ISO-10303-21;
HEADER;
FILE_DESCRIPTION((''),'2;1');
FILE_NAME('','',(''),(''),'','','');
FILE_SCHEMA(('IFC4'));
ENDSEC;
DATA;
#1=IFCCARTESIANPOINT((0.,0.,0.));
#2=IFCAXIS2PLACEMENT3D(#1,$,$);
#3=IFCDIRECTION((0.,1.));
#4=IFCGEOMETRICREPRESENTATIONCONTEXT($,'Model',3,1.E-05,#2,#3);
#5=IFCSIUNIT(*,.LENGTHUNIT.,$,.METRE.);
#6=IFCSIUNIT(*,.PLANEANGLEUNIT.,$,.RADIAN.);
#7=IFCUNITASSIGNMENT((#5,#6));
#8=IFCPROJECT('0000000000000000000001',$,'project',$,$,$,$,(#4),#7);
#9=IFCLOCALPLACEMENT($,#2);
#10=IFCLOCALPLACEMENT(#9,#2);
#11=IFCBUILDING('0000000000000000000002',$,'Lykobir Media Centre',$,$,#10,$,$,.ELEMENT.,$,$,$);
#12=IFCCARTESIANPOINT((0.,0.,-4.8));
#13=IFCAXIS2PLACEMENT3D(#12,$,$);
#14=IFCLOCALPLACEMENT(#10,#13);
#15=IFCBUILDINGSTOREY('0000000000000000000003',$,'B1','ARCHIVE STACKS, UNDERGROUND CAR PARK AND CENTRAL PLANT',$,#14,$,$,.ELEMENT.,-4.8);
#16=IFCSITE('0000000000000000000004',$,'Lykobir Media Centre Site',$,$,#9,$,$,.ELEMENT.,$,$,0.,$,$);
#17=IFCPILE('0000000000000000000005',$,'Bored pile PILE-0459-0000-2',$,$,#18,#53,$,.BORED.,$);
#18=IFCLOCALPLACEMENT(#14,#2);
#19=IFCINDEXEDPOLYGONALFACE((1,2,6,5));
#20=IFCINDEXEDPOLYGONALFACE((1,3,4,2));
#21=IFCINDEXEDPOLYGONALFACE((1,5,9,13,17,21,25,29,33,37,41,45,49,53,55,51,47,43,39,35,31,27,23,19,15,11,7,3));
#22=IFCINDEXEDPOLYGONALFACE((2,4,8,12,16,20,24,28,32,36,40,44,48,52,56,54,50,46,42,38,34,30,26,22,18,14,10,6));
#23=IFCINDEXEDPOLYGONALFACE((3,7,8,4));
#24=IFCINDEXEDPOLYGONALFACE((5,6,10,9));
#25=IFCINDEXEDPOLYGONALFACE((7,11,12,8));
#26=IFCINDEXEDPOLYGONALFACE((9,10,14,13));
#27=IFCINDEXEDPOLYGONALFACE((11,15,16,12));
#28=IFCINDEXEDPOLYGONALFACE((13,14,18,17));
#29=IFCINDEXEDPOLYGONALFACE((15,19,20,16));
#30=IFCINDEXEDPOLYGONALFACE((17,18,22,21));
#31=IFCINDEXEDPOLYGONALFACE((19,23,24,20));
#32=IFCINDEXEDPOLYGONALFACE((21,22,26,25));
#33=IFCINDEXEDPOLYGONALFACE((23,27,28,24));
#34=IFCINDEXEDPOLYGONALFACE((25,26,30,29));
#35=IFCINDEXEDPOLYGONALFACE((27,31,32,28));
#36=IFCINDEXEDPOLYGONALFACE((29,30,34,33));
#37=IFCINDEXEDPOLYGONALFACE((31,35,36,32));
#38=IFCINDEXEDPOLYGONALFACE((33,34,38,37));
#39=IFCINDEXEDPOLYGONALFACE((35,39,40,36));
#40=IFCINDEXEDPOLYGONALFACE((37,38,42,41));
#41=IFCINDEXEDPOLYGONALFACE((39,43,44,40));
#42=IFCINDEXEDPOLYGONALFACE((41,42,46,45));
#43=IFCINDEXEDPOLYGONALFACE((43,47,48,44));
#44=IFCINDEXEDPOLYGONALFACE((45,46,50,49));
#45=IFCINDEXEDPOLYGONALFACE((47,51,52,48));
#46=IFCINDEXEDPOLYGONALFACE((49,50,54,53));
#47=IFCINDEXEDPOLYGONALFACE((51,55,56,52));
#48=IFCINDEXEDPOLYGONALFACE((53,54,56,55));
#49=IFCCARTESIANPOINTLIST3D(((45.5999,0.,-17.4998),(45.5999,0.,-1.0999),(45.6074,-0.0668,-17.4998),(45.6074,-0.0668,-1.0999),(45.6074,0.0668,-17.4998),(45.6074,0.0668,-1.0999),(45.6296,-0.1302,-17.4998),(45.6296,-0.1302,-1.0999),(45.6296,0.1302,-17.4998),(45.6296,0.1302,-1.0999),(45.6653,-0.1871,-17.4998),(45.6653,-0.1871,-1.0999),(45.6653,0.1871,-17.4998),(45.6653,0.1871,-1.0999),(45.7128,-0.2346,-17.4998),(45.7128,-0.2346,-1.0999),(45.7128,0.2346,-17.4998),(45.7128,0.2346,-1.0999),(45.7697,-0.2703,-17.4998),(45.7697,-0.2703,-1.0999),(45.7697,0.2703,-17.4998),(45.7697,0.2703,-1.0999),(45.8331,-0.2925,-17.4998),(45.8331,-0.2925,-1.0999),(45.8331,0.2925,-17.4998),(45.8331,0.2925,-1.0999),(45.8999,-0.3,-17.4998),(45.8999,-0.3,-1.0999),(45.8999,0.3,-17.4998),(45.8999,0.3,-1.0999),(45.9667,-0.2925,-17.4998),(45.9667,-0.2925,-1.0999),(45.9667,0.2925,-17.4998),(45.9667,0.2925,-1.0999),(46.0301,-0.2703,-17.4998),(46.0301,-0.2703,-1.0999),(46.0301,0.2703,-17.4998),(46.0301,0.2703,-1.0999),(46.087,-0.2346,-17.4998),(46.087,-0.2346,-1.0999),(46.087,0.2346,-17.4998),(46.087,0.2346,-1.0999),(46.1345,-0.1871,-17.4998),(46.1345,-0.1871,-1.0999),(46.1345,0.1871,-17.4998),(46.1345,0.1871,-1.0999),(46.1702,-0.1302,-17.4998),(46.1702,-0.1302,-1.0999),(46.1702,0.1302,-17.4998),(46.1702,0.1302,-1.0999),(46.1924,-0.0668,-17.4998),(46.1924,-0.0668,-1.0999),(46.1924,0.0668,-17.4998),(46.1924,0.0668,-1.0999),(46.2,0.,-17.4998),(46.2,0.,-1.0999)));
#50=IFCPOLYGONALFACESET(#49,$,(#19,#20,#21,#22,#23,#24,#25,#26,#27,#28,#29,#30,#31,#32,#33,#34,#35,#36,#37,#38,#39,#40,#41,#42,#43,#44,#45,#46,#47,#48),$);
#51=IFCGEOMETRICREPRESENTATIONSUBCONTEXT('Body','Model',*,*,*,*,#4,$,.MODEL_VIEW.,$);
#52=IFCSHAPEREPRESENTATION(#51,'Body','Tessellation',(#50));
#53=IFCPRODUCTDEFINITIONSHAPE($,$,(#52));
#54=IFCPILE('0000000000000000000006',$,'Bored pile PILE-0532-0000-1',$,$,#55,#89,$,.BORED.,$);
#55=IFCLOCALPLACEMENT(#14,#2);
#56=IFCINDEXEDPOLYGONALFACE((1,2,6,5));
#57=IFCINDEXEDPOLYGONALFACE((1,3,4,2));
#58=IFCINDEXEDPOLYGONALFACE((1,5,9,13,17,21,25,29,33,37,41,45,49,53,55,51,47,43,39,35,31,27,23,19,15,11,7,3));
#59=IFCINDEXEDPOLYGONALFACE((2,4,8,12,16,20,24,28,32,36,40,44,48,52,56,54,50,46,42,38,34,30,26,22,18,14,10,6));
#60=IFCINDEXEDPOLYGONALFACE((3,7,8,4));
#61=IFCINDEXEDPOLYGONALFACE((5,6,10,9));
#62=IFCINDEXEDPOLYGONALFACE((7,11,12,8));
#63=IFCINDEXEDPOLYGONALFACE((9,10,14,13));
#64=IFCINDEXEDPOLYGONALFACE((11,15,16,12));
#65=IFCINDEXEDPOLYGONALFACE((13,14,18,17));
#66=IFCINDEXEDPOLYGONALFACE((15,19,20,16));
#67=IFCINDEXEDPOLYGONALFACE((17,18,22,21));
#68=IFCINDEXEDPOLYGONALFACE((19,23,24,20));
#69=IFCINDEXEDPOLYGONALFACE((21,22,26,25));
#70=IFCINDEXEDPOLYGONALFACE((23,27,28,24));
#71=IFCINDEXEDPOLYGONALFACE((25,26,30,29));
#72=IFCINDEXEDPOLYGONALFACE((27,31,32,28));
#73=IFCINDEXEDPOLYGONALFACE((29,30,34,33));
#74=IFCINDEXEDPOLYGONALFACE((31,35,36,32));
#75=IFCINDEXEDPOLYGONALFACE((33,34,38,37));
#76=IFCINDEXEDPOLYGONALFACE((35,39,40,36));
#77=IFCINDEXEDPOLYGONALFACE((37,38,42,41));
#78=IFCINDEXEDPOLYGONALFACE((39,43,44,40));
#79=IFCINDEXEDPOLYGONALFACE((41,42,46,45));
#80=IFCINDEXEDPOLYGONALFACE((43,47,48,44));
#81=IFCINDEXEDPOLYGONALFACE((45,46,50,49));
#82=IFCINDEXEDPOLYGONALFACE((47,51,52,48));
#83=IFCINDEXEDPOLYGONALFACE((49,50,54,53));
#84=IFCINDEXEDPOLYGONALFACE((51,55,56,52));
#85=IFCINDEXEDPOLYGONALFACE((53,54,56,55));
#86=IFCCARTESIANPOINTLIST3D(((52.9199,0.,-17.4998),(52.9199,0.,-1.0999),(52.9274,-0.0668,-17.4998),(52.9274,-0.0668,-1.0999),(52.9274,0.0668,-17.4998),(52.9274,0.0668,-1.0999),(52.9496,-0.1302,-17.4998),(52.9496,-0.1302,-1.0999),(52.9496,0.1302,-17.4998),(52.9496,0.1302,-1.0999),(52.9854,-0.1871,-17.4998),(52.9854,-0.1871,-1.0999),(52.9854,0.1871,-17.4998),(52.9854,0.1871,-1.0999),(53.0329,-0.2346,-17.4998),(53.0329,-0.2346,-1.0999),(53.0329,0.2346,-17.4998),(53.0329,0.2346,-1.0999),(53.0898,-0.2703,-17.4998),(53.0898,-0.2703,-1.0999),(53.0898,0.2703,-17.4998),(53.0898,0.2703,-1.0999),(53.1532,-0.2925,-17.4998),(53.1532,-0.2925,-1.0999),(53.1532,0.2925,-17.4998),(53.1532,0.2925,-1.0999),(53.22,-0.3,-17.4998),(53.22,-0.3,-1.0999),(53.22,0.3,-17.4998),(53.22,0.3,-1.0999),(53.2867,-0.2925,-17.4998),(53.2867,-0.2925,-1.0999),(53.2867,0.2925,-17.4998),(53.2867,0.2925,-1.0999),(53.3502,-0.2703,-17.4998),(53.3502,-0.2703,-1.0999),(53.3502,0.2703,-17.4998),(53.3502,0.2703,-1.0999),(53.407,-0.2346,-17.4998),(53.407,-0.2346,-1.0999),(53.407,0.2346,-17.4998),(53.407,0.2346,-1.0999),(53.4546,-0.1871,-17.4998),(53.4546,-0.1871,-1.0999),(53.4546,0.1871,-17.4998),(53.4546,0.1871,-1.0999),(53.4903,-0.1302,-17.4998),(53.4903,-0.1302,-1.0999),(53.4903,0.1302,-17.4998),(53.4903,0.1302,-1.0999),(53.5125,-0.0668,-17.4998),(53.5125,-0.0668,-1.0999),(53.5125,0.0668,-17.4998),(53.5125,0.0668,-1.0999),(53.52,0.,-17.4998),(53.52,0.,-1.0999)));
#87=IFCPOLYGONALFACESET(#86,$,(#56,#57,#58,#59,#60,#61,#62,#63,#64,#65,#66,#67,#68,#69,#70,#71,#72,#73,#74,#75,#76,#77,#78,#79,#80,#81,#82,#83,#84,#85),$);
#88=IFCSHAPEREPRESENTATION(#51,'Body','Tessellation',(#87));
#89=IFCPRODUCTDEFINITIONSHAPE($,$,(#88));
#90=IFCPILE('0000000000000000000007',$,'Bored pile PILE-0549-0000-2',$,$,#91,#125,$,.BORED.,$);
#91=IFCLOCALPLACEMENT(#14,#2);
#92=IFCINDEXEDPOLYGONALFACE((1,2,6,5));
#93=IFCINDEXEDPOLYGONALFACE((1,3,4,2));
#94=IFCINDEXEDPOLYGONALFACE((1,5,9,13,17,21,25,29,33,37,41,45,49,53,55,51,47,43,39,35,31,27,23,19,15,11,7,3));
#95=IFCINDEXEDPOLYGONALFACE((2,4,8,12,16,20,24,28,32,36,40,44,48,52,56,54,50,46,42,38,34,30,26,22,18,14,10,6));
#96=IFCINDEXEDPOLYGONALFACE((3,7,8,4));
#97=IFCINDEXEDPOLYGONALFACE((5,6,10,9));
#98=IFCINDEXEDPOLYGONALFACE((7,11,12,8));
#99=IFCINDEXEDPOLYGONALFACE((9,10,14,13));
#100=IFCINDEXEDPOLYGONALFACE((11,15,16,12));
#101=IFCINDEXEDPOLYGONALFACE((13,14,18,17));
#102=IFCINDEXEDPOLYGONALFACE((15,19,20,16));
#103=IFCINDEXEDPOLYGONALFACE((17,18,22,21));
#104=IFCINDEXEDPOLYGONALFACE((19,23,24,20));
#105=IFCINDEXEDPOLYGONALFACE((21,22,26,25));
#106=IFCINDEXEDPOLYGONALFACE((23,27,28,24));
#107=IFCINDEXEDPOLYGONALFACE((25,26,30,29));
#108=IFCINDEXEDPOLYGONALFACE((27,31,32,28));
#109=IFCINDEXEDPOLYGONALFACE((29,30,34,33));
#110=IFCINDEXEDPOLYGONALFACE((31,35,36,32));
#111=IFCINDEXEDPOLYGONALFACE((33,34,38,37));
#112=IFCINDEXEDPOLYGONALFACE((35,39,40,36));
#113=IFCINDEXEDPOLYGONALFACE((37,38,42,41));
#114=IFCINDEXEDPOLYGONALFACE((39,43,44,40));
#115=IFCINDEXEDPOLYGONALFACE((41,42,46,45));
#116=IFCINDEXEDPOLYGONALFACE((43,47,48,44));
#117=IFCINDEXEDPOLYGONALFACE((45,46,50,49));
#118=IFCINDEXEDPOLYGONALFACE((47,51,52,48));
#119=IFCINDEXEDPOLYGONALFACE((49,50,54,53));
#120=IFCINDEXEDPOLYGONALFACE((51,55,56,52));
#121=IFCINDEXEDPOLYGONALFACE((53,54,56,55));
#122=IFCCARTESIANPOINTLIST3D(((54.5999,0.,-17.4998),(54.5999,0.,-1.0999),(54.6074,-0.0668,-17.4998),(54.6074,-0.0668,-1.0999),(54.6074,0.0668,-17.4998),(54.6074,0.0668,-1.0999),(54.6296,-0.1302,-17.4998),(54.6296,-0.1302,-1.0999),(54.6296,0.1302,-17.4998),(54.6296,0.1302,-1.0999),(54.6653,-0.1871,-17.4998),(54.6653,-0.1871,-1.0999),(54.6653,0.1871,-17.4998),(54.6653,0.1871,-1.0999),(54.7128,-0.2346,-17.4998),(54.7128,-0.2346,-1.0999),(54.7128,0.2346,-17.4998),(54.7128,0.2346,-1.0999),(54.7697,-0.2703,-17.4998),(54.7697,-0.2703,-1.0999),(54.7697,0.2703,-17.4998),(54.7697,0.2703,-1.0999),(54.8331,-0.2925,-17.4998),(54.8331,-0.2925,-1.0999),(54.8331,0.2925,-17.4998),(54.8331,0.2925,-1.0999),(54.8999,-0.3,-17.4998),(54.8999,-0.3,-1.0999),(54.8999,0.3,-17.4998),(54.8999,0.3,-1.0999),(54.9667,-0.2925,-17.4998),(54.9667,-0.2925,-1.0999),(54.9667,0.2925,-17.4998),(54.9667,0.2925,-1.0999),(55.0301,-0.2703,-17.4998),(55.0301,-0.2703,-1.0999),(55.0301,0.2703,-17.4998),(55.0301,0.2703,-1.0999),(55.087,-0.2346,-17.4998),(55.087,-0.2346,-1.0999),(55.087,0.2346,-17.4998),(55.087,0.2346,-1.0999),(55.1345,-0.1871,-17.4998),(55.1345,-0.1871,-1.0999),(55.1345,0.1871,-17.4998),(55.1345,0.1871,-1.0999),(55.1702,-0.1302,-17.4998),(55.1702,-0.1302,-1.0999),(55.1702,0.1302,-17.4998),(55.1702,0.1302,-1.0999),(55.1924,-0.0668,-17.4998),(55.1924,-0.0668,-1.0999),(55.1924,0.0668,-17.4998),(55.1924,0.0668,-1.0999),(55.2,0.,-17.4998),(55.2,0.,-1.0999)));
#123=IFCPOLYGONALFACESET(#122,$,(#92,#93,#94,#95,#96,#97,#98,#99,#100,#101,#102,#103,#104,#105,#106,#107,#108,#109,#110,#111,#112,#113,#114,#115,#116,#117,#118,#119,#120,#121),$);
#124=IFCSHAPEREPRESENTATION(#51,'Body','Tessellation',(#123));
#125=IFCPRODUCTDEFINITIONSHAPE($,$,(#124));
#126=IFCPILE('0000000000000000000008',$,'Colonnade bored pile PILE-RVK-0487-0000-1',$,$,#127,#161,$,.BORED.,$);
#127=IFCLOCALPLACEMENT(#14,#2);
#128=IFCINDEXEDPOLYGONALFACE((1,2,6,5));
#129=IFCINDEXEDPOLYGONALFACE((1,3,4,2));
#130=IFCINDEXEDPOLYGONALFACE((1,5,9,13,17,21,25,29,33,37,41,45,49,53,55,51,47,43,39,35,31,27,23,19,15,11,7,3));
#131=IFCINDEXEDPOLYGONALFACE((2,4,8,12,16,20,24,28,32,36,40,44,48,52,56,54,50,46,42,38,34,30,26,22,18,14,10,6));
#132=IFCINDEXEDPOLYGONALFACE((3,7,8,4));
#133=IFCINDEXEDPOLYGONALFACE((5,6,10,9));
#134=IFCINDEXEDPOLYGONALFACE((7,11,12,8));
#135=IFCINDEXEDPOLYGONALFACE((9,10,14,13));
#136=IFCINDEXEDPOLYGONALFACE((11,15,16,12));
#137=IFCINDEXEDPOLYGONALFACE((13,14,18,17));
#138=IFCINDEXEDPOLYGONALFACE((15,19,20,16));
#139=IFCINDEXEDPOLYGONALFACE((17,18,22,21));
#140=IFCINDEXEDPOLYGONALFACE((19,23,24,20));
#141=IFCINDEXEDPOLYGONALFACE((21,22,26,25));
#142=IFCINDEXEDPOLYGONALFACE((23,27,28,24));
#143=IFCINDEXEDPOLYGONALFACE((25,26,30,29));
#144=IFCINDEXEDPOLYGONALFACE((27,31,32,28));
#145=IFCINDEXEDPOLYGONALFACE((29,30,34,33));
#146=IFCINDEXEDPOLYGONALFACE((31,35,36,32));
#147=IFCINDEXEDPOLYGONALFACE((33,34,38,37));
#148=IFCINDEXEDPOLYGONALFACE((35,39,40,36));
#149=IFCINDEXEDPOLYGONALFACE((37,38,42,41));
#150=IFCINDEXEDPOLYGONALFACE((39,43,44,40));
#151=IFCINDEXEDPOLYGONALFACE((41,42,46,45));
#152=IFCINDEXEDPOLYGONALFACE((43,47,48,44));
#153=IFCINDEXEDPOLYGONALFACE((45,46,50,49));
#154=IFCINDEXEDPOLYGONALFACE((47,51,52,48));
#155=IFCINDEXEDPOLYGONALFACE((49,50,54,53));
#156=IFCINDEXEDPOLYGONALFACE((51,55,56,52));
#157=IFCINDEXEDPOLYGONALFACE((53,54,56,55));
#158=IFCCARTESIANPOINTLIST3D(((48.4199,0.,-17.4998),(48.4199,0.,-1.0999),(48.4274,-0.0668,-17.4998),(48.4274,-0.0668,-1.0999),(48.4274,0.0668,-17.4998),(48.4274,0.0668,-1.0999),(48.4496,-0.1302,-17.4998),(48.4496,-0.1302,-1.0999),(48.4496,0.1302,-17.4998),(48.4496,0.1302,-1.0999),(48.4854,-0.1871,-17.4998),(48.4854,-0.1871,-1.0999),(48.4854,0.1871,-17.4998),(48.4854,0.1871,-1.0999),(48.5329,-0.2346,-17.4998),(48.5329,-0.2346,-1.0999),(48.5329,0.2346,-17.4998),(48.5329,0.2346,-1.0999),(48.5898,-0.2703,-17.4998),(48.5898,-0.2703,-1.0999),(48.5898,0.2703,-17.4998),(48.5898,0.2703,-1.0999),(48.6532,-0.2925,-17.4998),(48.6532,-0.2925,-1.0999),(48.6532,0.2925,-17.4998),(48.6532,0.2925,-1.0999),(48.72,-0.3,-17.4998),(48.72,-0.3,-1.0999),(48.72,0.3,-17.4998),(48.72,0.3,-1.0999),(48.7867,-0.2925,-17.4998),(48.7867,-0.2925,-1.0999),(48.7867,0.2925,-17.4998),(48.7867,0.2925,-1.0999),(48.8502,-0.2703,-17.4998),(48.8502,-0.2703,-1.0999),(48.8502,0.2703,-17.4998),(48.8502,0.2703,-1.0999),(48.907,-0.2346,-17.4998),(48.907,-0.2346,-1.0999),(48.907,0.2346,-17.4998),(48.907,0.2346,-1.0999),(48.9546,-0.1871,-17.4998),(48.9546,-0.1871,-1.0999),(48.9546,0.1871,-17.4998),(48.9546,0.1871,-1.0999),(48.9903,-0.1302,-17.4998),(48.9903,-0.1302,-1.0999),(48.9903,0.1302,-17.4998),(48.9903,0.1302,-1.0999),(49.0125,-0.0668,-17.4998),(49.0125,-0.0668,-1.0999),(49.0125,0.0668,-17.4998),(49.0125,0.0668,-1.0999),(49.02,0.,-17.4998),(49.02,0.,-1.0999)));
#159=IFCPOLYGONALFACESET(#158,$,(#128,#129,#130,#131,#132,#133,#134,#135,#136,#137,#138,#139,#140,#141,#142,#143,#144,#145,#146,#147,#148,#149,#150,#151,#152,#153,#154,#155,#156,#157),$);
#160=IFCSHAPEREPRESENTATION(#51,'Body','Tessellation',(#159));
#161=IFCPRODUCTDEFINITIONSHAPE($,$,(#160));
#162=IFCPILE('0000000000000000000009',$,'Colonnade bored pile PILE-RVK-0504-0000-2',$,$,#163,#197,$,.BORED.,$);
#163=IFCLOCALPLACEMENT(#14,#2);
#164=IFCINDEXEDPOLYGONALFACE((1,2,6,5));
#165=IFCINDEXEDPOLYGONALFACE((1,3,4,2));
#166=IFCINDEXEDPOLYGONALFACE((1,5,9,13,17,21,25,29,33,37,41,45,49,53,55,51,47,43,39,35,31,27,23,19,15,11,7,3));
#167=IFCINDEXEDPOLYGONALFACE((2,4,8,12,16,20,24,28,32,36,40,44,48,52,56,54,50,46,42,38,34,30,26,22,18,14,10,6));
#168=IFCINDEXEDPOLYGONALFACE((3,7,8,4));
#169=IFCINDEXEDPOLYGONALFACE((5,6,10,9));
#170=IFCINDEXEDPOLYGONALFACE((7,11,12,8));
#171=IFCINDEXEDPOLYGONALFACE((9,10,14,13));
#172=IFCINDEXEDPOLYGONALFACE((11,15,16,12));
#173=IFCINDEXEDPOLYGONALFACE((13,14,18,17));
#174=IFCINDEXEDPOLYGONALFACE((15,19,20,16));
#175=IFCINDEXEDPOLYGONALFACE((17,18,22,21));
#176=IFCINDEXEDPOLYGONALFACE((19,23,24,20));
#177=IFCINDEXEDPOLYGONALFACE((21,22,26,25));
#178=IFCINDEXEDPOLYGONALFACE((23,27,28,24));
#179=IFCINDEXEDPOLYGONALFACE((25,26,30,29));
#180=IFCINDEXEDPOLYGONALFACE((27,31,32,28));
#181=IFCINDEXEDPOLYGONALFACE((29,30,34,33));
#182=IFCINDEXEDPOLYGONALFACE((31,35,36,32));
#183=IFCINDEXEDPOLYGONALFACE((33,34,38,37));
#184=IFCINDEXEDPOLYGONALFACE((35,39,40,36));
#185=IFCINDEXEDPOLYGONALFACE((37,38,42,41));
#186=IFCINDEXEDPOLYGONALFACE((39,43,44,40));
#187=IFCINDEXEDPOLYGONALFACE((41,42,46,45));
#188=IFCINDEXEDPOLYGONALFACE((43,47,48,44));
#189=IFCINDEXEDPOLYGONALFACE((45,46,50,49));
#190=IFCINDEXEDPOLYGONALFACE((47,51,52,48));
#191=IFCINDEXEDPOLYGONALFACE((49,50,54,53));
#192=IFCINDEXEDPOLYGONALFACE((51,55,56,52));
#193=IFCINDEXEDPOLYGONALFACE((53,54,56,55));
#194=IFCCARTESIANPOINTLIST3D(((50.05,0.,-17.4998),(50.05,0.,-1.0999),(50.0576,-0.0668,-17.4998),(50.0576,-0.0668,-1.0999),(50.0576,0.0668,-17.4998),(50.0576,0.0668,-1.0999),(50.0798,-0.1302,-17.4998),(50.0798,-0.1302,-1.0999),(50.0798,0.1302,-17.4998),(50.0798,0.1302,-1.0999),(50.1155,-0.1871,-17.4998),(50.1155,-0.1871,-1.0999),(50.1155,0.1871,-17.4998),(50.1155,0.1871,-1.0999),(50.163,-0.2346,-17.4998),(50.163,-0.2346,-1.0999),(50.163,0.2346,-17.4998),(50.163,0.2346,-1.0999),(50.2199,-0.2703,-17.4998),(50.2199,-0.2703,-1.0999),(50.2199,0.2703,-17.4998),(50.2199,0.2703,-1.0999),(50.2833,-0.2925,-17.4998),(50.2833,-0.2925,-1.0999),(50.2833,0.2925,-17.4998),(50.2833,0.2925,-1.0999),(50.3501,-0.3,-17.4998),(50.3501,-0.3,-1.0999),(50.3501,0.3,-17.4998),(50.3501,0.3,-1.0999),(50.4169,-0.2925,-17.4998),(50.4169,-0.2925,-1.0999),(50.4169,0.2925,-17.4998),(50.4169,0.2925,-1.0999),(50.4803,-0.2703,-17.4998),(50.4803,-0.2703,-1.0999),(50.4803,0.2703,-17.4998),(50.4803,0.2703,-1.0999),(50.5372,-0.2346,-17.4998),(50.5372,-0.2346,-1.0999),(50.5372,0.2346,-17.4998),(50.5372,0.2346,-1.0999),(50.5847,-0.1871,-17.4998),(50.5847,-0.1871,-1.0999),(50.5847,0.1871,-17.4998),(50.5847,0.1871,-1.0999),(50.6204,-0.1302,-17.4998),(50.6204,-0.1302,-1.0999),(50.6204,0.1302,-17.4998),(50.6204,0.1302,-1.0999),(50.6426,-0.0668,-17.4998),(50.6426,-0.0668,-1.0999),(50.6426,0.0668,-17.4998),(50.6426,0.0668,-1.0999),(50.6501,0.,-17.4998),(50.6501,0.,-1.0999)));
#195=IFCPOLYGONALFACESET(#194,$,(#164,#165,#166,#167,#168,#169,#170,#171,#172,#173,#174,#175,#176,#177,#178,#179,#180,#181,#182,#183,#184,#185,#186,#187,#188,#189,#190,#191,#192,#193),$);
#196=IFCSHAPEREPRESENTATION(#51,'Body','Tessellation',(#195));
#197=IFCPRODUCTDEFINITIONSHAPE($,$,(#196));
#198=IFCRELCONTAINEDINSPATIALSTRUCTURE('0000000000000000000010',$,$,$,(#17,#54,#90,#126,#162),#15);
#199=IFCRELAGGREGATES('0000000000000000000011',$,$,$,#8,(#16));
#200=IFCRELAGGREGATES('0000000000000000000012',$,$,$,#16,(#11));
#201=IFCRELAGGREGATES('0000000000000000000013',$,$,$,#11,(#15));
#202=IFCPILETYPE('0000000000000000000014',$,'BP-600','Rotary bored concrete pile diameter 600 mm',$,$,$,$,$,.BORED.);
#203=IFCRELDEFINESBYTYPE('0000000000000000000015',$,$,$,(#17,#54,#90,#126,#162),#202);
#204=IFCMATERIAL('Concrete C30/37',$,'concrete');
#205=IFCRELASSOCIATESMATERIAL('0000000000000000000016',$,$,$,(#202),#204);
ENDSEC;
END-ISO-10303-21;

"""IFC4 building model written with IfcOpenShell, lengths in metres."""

from ifc_helpers import new_model, si_unit, direction, frame, origin, origin_2d, place, context, subcontext, project, spatial, circle, extrude, material, material_profile, profile_set, type_object, element, save


model = new_model("IFC4")

# Units and contexts
model_context = context("Model", 3, precision=1e-05, world=origin(), true_north=direction((0.0, 1.0)))
body_context = subcontext(model_context, "Body", "Model", "MODEL_VIEW")
ifc_project = project(units=[si_unit("LENGTHUNIT", "METRE"), si_unit("PLANEANGLEUNIT", "RADIAN")], contexts=[model_context])

# Site, building, storey
site_placement = place(None, origin())
site = spatial("IfcSite", under=ifc_project, at=site_placement, Name="Lykobir Media Centre Site", CompositionType="ELEMENT", RefElevation=0.0)
building_placement = place(site_placement, origin())
building = spatial("IfcBuilding", under=site, at=building_placement, Name="Lykobir Media Centre", CompositionType="ELEMENT")
storey_placement = place(building_placement, frame((0.0, 0.0, -4.8)))
storey = spatial("IfcBuildingStorey", under=building, at=storey_placement, Name="B1", Description="ARCHIVE STACKS, UNDERGROUND CAR PARK AND CENTRAL PLANT", CompositionType="ELEMENT", Elevation=-4.8)

# Piles
ifc_material_1 = material(Name="Concrete C30/37", Category="concrete")
ifc_material_profile_1 = material_profile(ifc_material_1, circle(Radius=0.3, at=origin_2d()), Name="BORED PILE D600")
ifc_profile_set_1 = profile_set([ifc_material_profile_1], Name="Concrete C30/37")
pile_type_1 = type_object("IfcPileType", Name="BP-600", Description="Rotary bored concrete pile diameter 600 mm", PredefinedType="BORED", material=ifc_profile_set_1)
for number, where, z_axis, x_axis, name in (
    (1, (45.8999, 0.0, -1.0999), (0.0, 0.0, -1.0), (1.0, 0.0, 0.0), "Bored pile PILE-0459-0000-2"),
    (2, (53.22, 0.0, -1.0999), (0.0, 0.0, -1.0), (1.0, 0.0, 0.0), "Bored pile PILE-0532-0000-1"),
    (3, (54.8999, 0.0, -1.0999), (0.0, 0.0, -1.0), (1.0, 0.0, 0.0), "Bored pile PILE-0549-0000-2"),
    (4, (48.72, 0.0, -1.0999), (0.0, 0.0, -1.0), (1.0, 0.0, 0.0), "Colonnade bored pile PILE-RVK-0487-0000-1"),
    (5, (50.3501, 0.0, -1.0999), (0.0, 0.0, -1.0), (1.0, 0.0, 0.0), "Colonnade bored pile PILE-RVK-0504-0000-2"),
):
    element("IfcPile", number, at=place(storey_placement, frame(where, z_axis=z_axis, x_axis=x_axis)), inside=storey, type_object=pile_type_1, Name=name, PredefinedType="BORED", context=body_context, shape_type="SweptSolid", body=[
        extrude(circle(Radius=0.3, at=origin_2d()), origin(), (0.0, 0.0, 1.0), 16.3999),
    ])

save(model, "model.ifc")
